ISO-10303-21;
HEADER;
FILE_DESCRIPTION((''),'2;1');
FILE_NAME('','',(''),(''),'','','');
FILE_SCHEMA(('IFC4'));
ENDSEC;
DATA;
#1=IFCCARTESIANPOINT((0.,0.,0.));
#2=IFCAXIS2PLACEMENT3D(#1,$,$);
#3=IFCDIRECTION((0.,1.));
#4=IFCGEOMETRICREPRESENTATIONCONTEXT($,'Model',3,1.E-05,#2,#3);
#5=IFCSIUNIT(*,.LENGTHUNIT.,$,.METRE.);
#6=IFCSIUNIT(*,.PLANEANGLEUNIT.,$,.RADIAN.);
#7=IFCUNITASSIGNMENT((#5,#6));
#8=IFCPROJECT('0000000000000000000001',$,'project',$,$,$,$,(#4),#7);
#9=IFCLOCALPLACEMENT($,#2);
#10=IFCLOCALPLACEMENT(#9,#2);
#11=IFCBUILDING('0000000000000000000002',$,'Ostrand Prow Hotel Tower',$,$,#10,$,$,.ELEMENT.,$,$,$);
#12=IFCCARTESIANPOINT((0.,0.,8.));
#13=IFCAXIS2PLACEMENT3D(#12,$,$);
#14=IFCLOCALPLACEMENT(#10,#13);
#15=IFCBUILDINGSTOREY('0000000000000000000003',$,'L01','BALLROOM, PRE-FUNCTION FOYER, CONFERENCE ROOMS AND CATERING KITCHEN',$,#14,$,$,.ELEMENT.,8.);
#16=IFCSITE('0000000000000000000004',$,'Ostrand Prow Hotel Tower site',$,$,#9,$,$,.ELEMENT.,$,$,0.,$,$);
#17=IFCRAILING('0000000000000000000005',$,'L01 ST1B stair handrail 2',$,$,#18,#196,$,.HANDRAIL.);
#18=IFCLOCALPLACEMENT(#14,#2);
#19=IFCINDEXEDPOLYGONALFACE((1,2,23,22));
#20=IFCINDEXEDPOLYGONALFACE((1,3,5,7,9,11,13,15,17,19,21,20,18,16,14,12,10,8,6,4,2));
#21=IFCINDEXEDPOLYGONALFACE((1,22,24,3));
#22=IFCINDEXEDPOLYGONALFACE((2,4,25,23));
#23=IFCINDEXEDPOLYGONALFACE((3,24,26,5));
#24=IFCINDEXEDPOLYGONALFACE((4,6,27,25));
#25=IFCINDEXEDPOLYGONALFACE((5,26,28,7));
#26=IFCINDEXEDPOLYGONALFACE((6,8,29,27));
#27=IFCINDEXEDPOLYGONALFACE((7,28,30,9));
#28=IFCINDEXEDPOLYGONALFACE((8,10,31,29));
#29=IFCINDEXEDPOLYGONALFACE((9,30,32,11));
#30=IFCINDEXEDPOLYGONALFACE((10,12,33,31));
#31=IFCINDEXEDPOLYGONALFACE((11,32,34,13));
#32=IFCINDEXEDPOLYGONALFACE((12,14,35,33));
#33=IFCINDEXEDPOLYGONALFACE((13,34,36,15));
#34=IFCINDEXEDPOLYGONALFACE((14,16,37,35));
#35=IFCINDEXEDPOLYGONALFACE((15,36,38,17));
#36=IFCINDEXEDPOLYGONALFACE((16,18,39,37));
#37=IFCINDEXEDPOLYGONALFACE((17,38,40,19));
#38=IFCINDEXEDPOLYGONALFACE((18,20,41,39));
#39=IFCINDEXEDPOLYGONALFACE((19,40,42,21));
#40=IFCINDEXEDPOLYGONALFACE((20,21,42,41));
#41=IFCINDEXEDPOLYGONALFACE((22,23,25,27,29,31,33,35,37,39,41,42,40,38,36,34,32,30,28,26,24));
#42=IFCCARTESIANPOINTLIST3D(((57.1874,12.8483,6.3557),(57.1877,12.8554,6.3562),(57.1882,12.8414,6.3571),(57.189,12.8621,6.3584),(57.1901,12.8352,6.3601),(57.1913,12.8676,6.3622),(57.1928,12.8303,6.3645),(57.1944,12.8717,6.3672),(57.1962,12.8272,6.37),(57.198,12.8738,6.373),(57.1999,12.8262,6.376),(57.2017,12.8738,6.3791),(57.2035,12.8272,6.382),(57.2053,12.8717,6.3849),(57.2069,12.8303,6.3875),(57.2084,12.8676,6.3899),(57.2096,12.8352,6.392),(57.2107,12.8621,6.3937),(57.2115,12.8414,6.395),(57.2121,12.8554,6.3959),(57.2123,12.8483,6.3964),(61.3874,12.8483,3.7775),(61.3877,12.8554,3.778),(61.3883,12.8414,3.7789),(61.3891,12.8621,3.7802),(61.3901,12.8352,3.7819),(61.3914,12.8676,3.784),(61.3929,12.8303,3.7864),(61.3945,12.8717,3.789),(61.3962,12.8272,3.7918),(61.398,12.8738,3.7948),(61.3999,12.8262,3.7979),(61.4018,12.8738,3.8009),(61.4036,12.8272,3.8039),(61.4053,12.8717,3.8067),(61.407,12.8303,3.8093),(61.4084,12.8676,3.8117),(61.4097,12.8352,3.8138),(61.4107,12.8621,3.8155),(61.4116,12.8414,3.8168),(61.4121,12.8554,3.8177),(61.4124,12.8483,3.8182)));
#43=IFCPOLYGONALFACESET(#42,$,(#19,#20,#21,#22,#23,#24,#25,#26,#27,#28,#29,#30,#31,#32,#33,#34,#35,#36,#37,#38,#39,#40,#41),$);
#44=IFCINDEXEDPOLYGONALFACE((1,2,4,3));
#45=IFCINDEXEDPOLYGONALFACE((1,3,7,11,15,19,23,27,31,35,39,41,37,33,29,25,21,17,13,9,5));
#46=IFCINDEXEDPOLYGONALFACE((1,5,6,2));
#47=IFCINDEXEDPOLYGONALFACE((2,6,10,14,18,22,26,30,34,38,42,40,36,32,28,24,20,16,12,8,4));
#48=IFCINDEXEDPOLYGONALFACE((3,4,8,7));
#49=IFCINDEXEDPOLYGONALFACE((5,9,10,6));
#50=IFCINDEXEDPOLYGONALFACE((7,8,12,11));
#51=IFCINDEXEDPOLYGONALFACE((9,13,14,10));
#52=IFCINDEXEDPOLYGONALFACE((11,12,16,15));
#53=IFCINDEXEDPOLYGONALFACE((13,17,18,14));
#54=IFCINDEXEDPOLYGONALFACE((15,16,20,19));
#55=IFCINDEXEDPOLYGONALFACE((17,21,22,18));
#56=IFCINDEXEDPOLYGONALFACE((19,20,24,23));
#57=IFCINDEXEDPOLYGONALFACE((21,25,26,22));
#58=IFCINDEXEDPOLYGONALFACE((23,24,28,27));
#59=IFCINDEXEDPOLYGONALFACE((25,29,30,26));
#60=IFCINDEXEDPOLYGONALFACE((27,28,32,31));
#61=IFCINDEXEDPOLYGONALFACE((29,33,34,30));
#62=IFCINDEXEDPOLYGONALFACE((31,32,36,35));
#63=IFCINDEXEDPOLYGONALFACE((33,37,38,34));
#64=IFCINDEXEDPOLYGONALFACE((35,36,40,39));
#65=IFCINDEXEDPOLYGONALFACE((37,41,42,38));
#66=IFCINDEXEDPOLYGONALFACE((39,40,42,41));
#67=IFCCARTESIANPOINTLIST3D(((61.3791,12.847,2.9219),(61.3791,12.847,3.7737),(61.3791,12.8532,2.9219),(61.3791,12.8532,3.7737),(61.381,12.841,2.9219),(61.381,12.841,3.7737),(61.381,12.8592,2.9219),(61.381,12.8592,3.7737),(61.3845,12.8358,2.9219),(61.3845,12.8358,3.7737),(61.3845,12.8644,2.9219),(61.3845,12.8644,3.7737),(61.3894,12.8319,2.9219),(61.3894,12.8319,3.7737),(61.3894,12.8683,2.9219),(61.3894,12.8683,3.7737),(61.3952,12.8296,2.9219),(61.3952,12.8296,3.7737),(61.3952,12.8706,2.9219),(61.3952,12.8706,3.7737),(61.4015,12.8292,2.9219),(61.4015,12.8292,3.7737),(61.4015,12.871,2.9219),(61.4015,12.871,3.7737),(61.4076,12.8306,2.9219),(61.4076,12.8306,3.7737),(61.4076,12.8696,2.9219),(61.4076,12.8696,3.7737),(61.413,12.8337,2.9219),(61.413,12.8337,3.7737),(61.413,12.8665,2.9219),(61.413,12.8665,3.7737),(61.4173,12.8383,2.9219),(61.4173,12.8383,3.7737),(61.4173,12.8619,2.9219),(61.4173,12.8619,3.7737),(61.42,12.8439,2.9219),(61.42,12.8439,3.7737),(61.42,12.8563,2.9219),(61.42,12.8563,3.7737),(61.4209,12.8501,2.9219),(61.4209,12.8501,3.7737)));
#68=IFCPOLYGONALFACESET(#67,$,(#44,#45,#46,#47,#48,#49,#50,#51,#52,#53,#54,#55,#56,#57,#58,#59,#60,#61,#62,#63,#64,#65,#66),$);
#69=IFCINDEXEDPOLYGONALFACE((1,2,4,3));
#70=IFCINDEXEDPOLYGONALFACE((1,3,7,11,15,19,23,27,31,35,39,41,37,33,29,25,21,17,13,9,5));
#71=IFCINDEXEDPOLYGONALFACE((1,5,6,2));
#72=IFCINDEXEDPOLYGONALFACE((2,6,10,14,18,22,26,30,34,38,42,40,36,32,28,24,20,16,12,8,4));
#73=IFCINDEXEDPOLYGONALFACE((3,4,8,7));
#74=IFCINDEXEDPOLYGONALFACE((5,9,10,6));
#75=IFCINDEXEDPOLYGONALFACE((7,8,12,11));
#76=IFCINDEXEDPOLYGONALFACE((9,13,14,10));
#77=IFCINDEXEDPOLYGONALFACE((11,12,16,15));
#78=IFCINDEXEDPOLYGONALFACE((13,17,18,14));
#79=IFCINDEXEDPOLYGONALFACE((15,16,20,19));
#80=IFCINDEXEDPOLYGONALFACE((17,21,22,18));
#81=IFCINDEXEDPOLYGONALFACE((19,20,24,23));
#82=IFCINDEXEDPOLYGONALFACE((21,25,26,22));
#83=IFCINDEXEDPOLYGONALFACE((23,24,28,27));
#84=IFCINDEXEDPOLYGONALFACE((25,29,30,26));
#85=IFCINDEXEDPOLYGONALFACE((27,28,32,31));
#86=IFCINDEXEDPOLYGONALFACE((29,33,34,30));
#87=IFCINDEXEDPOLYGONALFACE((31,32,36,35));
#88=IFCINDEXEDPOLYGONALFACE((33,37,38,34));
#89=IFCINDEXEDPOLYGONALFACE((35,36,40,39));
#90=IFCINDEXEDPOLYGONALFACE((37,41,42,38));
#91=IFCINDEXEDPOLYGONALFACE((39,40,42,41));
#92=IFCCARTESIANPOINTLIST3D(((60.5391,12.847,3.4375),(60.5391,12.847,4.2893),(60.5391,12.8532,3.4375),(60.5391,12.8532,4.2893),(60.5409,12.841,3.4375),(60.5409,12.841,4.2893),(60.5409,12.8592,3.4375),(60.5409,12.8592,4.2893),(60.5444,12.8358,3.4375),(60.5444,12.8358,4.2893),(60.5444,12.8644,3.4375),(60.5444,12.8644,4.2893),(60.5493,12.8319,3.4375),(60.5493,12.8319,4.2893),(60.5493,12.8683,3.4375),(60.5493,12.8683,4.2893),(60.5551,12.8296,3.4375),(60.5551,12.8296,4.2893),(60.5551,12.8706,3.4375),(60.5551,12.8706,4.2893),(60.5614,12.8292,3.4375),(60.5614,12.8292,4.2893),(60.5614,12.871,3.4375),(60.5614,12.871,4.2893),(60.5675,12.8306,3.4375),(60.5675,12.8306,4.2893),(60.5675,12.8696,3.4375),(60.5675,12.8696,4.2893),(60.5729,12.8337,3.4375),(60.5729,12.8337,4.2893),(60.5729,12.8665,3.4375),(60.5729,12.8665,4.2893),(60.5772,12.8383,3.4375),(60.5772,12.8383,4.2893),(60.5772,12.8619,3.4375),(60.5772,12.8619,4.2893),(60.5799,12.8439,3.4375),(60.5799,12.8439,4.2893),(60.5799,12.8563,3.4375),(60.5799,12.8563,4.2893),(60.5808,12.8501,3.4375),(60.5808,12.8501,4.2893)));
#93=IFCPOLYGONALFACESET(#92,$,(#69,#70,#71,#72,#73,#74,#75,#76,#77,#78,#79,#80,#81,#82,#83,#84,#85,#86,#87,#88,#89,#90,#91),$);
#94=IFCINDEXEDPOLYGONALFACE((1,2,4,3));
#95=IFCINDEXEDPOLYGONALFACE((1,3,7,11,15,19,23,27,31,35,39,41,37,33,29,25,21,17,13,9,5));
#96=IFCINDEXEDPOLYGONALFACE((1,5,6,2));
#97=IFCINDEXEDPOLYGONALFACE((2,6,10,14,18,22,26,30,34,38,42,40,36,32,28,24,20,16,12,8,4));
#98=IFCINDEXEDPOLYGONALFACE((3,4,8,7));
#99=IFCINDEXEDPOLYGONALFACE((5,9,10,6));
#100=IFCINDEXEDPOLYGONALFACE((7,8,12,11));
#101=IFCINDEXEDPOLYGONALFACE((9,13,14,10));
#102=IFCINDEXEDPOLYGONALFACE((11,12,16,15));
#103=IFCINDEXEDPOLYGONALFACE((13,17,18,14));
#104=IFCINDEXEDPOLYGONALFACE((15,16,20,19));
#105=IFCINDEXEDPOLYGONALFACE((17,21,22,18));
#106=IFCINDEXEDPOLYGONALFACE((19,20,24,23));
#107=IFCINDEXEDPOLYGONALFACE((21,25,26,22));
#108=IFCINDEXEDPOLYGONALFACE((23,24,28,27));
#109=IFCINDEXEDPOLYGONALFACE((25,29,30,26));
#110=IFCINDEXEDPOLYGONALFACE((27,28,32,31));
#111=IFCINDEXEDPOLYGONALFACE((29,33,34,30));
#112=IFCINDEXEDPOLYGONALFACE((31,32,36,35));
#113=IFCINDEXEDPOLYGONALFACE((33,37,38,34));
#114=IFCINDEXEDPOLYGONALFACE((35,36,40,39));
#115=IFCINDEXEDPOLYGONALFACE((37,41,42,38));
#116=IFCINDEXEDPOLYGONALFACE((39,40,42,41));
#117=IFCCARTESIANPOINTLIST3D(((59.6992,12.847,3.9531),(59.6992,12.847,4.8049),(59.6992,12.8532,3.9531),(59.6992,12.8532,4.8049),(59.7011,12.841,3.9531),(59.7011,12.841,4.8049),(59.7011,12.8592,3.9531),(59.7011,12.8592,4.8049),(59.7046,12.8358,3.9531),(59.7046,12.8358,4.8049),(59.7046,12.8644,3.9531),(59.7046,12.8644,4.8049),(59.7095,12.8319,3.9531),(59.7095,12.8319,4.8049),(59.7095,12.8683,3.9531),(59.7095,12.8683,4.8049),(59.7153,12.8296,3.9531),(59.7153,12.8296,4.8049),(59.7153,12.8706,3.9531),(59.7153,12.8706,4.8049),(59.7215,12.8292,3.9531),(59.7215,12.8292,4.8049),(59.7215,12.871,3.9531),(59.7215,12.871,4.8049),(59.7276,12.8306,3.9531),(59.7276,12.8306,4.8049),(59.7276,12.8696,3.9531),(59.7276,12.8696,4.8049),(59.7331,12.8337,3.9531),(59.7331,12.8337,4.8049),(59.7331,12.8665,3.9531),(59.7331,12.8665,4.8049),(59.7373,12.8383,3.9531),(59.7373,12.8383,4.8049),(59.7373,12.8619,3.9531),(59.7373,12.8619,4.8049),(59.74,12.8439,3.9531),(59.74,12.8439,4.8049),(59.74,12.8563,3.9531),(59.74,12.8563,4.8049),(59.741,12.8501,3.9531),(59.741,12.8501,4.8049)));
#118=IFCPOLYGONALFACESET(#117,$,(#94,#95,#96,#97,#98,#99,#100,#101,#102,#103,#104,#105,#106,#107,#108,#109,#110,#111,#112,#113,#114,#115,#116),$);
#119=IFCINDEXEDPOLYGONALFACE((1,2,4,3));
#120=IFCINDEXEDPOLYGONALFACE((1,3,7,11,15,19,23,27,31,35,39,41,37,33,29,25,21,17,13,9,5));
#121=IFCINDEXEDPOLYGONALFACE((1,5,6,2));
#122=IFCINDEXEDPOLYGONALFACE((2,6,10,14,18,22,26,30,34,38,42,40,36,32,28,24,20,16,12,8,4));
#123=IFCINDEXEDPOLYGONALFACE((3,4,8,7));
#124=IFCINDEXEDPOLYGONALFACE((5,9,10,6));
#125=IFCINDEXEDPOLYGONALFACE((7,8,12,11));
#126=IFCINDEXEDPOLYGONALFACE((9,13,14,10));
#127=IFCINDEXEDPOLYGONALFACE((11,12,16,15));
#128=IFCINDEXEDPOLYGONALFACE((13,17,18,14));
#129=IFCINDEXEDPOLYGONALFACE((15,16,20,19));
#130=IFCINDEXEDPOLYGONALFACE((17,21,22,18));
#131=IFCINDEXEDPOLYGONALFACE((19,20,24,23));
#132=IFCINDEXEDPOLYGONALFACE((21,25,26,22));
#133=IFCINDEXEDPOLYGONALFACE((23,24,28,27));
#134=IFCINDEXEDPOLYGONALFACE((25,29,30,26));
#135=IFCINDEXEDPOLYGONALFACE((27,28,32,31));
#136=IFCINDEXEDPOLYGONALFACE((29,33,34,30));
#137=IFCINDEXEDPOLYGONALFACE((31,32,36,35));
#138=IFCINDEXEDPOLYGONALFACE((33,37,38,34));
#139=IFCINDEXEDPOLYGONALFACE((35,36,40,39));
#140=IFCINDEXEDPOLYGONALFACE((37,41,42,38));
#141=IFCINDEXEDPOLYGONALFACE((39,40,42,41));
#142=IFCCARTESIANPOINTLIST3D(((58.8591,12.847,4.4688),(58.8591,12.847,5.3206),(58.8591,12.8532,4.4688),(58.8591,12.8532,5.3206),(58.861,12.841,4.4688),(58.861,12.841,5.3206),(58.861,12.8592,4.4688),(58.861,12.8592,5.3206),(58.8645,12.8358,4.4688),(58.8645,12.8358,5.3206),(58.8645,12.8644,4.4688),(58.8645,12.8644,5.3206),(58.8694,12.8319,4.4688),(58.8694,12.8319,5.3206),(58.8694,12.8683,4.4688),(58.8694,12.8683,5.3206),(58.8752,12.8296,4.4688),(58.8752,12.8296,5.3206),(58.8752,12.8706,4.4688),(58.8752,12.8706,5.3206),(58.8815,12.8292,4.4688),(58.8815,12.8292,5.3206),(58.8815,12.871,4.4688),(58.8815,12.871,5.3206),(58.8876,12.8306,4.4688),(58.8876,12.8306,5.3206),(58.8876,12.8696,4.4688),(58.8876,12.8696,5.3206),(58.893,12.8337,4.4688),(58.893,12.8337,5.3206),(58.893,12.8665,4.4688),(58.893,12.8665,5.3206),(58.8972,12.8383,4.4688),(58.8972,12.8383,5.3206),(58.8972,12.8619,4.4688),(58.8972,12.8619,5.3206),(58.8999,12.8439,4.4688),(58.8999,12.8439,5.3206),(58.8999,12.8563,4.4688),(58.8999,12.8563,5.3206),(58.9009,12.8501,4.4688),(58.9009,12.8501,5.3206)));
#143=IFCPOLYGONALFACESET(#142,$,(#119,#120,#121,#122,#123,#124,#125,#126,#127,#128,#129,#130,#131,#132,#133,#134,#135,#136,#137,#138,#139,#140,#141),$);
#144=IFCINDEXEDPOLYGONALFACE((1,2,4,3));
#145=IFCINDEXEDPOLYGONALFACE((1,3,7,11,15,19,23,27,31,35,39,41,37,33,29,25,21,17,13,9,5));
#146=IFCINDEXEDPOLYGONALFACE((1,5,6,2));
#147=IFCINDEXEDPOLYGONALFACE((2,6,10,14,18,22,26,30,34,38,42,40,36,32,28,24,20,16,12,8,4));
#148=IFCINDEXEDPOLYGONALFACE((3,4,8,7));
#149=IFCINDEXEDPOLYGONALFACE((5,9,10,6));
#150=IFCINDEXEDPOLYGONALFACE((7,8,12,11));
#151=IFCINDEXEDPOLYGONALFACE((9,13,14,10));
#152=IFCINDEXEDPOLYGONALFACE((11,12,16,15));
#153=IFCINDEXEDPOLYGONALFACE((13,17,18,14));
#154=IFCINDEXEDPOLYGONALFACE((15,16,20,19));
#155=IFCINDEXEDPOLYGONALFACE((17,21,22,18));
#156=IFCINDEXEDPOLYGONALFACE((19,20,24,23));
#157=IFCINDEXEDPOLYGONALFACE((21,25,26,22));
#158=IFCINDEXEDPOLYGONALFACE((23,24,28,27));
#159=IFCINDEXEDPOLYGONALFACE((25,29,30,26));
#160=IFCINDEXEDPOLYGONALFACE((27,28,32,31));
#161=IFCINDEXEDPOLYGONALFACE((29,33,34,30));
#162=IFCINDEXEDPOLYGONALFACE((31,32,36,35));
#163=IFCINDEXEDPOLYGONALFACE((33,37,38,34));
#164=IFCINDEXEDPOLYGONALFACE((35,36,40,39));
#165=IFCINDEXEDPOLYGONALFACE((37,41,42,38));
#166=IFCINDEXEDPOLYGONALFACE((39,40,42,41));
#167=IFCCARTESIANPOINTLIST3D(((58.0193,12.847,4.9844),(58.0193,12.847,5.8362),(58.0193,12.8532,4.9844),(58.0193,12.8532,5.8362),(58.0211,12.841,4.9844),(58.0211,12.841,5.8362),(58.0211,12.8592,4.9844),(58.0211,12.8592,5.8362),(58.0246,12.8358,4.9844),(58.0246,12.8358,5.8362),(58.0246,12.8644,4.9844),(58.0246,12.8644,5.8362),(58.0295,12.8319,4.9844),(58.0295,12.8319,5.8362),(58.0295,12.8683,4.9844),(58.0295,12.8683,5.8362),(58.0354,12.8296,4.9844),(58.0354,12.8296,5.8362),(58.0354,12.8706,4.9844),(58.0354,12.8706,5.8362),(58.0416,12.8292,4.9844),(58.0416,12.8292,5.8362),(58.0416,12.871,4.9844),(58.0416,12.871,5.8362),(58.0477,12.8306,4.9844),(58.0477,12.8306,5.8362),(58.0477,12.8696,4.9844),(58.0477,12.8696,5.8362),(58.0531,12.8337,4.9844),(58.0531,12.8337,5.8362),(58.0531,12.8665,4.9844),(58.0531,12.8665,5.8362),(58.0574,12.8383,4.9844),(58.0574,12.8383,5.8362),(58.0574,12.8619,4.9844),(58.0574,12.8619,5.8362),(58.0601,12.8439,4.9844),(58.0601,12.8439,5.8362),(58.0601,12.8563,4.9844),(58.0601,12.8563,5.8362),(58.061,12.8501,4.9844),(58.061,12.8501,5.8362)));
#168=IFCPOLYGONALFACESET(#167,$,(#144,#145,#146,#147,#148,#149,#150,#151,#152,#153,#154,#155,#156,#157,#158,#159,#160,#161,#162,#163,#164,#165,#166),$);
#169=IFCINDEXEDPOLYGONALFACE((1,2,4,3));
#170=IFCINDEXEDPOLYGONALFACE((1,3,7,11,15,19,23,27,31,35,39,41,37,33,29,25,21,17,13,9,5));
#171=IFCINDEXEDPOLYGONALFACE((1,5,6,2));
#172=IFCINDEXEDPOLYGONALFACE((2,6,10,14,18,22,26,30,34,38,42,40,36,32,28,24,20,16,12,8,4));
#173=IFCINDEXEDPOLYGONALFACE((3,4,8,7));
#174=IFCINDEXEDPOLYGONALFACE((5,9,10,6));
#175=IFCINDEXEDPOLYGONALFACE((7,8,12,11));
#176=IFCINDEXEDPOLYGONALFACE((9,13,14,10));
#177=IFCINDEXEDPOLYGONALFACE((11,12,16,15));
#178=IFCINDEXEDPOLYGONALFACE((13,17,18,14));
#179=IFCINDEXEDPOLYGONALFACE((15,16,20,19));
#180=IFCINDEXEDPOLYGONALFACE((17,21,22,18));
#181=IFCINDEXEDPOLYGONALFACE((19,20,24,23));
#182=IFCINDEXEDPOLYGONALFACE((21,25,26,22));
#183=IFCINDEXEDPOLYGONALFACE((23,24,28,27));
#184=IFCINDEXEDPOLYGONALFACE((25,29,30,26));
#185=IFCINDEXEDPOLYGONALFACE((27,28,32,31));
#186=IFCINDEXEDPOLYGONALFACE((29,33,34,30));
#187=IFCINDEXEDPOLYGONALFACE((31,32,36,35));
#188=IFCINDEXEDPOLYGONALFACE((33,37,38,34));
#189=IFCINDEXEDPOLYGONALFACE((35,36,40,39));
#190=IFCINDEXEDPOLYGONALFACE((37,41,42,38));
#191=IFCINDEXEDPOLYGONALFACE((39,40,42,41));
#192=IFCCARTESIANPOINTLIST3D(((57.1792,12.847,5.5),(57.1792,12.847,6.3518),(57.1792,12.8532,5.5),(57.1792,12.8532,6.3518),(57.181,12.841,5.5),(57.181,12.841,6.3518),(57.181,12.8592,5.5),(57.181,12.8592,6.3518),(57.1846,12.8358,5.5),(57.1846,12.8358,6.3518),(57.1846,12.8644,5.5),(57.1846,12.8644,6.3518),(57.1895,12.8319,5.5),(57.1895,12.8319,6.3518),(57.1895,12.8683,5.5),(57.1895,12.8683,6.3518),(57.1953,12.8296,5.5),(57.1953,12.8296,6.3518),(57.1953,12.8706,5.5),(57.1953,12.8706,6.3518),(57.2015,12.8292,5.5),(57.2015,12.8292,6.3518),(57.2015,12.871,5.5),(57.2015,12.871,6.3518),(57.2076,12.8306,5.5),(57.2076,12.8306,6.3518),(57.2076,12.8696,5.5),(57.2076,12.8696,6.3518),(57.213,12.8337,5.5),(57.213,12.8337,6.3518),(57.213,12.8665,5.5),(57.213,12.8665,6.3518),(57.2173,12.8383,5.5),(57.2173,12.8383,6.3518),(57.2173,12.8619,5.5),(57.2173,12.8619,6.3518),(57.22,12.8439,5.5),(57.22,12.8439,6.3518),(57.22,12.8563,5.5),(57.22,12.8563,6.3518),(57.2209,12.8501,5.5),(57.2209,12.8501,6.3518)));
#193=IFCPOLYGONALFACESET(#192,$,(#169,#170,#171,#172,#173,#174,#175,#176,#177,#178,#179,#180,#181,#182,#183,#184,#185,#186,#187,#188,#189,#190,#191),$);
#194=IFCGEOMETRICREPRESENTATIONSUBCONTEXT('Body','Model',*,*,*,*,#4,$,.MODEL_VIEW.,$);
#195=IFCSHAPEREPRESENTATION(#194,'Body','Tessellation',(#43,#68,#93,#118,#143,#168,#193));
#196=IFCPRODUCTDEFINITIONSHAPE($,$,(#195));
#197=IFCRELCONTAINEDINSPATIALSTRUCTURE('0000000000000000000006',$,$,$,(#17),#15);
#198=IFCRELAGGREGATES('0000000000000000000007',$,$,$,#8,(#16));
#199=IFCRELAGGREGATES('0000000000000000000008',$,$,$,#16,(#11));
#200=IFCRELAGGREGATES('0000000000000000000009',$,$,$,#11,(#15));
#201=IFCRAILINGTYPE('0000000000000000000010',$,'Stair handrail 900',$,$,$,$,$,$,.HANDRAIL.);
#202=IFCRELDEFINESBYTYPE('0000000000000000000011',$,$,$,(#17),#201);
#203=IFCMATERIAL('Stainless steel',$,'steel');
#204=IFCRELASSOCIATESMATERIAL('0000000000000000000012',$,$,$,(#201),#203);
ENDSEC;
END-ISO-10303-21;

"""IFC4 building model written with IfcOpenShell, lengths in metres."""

from ifc_helpers import new_model, si_unit, direction, frame, origin, origin_2d, place, context, subcontext, project, spatial, circle, extrude, material, type_object, element, save


model = new_model("IFC4")

# Units and contexts
model_context = context("Model", 3, precision=1e-05, world=origin(), true_north=direction((0.0, 1.0)))
body_context = subcontext(model_context, "Body", "Model", "MODEL_VIEW")
ifc_project = project(units=[si_unit("LENGTHUNIT", "METRE"), si_unit("PLANEANGLEUNIT", "RADIAN")], contexts=[model_context])

# Site, building, storey
site_placement = place(None, origin())
site = spatial("IfcSite", under=ifc_project, at=site_placement, Name="Ostrand Prow Hotel Tower site", CompositionType="ELEMENT", RefElevation=0.0)
building_placement = place(site_placement, origin())
building = spatial("IfcBuilding", under=site, at=building_placement, Name="Ostrand Prow Hotel Tower", CompositionType="ELEMENT")
storey_placement = place(building_placement, frame((0.0, 0.0, 8.0)))
storey = spatial("IfcBuildingStorey", under=building, at=storey_placement, Name="L01", Description="BALLROOM, PRE-FUNCTION FOYER, CONFERENCE ROOMS AND CATERING KITCHEN", CompositionType="ELEMENT", Elevation=8.0)

# Railing
ifc_material_1 = material(Name="Stainless steel", Category="steel")
railing_type_1 = type_object("IfcRailingType", Name="Stair handrail 900", PredefinedType="HANDRAIL", material=ifc_material_1)
railing_1_placement = place(storey_placement, frame((61.3999, 12.8501, 2.9219)))
element("IfcRailing", 1, at=railing_1_placement, inside=storey, type_object=railing_type_1, Name="L01 ST1B stair handrail 2", PredefinedType="HANDRAIL", context=body_context, shape_type="SweptSolid", body=[
    extrude(circle(Radius=0.0239, at=origin_2d()), frame((0.0, 0.0, 0.876), z_axis=(-0.852243, 0.0, 0.523146), x_axis=(0.0, -1.0, 0.0)), (0.0, 0.0, 1.0), 4.9282),
    extrude(circle(Radius=0.021, at=origin_2d()), origin(), (0.0, 0.0, 1.0), 0.8518),
    extrude(circle(Radius=0.021, at=origin_2d()), frame((-0.8401, 0.0, 0.5156)), (0.0, 0.0, 1.0), 0.8518),
    extrude(circle(Radius=0.021, at=origin_2d()), frame((-1.6799, 0.0, 1.0312)), (0.0, 0.0, 1.0), 0.8518),
    extrude(circle(Radius=0.021, at=origin_2d()), frame((-2.52, 0.0, 1.5469)), (0.0, 0.0, 1.0), 0.8518),
    extrude(circle(Radius=0.021, at=origin_2d()), frame((-3.3599, 0.0, 2.0625)), (0.0, 0.0, 1.0), 0.8518),
    extrude(circle(Radius=0.021, at=origin_2d()), frame((-4.2, 0.0, 2.5781)), (0.0, 0.0, 1.0), 0.8518),
])

save(model, "model.ifc")
